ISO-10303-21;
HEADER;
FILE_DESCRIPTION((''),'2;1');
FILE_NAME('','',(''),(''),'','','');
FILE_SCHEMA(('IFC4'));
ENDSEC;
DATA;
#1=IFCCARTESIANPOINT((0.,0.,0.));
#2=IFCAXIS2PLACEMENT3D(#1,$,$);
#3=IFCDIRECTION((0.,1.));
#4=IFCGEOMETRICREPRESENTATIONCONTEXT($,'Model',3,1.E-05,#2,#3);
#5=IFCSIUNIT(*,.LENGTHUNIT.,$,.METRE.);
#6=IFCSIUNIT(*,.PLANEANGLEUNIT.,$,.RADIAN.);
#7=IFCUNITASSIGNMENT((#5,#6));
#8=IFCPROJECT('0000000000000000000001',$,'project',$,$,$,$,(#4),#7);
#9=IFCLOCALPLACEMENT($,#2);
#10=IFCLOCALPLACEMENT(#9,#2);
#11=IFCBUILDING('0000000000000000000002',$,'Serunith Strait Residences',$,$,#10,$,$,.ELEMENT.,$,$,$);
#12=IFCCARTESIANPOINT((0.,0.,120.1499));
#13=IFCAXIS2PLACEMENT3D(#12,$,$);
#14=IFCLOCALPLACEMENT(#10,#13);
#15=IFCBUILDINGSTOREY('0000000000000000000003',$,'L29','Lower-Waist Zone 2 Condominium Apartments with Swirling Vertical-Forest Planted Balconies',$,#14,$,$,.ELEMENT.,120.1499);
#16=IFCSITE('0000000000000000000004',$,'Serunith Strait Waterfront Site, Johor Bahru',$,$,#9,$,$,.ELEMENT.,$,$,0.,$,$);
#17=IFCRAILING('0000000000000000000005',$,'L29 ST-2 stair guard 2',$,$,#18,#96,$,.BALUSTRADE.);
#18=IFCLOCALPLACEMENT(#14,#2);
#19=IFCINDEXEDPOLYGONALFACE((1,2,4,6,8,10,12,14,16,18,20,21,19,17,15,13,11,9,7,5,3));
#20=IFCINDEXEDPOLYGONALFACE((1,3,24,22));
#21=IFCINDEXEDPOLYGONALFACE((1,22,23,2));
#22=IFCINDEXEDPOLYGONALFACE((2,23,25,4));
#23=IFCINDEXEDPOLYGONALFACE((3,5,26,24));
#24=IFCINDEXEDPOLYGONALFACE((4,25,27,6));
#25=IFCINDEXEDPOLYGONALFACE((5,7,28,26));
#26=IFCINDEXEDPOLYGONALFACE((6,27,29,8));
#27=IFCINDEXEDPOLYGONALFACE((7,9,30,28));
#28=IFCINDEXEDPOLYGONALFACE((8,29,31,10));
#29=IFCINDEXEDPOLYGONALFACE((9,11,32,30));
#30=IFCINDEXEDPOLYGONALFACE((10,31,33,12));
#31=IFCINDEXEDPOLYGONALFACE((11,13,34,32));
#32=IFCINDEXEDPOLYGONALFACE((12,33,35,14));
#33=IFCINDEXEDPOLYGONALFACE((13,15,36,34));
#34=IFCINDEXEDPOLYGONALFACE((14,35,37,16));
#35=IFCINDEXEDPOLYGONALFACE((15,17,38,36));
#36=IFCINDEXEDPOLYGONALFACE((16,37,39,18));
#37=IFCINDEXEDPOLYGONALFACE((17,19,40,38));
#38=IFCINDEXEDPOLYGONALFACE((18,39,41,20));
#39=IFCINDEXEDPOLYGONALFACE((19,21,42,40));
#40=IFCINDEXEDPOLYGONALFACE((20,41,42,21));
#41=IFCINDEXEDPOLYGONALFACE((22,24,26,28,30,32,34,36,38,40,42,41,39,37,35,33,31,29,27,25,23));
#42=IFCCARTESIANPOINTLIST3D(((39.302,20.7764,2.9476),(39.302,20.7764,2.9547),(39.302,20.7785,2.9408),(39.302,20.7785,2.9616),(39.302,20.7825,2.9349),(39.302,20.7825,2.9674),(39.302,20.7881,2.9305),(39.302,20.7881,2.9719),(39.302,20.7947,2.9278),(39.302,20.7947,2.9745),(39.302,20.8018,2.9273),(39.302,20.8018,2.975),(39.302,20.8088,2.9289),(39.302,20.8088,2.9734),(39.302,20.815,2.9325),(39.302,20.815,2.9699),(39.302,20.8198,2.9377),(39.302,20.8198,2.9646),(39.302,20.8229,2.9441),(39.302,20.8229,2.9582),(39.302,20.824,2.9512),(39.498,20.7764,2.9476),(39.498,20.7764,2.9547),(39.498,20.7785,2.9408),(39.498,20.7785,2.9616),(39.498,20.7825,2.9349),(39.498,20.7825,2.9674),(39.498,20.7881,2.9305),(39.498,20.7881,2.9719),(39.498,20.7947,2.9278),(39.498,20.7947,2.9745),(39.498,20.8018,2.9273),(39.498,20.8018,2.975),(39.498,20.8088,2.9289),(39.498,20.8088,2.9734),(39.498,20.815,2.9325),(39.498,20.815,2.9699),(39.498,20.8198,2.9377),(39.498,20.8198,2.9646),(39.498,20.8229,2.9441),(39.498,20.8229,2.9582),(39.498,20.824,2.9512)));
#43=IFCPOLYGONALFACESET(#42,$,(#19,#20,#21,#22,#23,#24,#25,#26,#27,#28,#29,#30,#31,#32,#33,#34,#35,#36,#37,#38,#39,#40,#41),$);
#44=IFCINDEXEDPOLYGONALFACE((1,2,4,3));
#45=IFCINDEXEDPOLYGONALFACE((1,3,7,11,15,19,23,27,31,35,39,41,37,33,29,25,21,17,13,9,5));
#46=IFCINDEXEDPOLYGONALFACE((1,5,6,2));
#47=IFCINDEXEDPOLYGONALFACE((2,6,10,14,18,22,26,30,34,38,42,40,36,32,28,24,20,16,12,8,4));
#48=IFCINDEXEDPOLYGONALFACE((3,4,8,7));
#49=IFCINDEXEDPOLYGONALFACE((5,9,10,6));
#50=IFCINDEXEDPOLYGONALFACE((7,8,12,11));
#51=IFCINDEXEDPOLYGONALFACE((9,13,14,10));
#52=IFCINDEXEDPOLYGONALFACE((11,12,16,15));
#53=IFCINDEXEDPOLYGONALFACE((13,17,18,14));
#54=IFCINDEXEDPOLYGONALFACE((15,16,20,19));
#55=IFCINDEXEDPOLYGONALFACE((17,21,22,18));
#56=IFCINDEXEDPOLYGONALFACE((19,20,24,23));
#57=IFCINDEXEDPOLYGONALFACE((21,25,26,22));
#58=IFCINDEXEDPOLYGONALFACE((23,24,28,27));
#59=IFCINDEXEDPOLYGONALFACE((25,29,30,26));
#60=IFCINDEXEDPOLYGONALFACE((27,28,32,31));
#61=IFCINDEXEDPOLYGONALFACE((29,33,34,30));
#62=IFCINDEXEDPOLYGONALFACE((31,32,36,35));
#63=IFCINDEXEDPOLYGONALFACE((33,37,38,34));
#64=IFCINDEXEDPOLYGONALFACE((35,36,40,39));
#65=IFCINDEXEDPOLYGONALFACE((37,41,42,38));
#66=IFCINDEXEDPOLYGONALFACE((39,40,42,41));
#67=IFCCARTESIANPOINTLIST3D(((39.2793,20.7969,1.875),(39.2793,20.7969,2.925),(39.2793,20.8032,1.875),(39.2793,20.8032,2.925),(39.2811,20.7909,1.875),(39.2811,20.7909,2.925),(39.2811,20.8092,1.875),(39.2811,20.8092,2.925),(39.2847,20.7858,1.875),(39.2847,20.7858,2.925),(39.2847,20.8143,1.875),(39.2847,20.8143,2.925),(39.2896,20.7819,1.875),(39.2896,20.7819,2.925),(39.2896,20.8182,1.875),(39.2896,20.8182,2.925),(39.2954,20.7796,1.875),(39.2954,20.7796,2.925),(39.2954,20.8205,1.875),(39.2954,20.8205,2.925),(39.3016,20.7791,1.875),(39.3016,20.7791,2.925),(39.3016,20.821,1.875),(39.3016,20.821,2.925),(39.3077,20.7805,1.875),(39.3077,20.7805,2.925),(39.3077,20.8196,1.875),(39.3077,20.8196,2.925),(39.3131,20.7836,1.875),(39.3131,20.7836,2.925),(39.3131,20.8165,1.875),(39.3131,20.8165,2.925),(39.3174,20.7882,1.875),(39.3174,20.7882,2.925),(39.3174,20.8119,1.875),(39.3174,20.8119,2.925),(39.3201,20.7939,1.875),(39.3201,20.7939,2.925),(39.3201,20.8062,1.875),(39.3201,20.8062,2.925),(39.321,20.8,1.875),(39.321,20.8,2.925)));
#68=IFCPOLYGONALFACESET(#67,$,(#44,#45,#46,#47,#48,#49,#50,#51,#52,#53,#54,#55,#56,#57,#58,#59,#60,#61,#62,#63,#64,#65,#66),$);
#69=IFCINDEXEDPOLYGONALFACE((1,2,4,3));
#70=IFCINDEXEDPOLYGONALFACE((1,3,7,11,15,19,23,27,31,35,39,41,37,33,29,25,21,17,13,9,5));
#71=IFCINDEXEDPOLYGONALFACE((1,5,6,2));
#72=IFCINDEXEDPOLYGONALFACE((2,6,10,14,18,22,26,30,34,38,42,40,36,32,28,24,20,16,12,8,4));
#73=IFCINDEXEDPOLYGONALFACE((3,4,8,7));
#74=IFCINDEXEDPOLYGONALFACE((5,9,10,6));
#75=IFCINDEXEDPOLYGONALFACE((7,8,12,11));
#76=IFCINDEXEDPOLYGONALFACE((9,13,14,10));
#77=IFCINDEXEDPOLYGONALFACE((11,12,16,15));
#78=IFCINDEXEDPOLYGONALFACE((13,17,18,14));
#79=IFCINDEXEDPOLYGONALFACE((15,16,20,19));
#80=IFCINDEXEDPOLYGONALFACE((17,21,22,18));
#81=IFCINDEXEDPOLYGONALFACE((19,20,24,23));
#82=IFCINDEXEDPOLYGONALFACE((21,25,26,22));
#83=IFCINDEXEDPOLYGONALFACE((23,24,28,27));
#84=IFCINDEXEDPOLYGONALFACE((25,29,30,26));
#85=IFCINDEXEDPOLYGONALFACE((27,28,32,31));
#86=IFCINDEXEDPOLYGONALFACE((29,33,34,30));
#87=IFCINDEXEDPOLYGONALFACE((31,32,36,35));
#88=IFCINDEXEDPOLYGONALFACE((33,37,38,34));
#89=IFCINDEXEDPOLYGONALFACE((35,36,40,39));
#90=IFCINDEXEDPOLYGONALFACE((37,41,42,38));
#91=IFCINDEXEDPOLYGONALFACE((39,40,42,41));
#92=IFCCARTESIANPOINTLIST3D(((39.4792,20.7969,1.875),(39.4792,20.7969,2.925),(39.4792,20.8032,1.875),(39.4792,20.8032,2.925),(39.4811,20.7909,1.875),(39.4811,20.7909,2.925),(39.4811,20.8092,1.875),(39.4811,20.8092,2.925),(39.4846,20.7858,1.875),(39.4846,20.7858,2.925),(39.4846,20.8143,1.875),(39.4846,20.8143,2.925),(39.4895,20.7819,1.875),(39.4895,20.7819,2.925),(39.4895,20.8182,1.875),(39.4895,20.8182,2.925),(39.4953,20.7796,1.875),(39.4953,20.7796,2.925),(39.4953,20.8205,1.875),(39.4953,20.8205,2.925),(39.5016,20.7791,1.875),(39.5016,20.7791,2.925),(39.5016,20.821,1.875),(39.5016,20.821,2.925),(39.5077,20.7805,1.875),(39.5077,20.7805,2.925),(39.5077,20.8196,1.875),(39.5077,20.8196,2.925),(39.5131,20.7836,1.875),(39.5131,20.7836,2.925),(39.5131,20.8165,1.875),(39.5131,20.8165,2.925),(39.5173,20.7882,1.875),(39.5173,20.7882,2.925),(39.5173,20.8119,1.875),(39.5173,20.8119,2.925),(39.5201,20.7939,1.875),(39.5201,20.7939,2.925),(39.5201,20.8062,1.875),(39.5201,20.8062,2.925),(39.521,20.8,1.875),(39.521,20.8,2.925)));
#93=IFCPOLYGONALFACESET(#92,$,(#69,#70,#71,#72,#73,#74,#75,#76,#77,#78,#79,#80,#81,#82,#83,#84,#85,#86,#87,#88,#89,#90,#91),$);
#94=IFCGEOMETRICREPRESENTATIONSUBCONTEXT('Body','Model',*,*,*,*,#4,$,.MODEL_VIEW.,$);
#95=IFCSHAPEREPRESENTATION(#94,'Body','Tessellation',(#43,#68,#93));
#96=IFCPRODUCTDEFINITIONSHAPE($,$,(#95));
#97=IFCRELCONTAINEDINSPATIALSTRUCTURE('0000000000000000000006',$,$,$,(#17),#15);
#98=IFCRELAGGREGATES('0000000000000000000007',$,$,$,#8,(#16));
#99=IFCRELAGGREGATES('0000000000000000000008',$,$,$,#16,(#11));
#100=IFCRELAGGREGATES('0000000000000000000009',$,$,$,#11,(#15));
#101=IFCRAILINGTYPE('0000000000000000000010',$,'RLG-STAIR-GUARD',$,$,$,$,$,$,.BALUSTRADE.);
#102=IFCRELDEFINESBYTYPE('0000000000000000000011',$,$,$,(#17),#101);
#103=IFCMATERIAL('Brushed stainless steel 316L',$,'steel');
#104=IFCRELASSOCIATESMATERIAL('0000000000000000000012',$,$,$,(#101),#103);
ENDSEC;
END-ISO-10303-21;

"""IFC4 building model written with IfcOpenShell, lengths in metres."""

from ifc_helpers import new_model, si_unit, direction, frame, origin, origin_2d, place, context, subcontext, project, spatial, circle, extrude, material, type_object, element, save


model = new_model("IFC4")

# Units and contexts
model_context = context("Model", 3, precision=1e-05, world=origin(), true_north=direction((0.0, 1.0)))
body_context = subcontext(model_context, "Body", "Model", "MODEL_VIEW")
ifc_project = project(units=[si_unit("LENGTHUNIT", "METRE"), si_unit("PLANEANGLEUNIT", "RADIAN")], contexts=[model_context])

# Site, building, storey
site_placement = place(None, origin())
site = spatial("IfcSite", under=ifc_project, at=site_placement, Name="Serunith Strait Waterfront Site, Johor Bahru", CompositionType="ELEMENT", RefElevation=0.0)
building_placement = place(site_placement, origin())
building = spatial("IfcBuilding", under=site, at=building_placement, Name="Serunith Strait Residences", CompositionType="ELEMENT")
storey_placement = place(building_placement, frame((0.0, 0.0, 120.1499)))
storey = spatial("IfcBuildingStorey", under=building, at=storey_placement, Name="L29", Description="Lower-Waist Zone 2 Condominium Apartments with Swirling Vertical-Forest Planted Balconies", CompositionType="ELEMENT", Elevation=120.1499)

# Railing
ifc_material_1 = material(Name="Brushed stainless steel 316L", Category="steel")
railing_type_1 = type_object("IfcRailingType", Name="RLG-STAIR-GUARD", PredefinedType="BALUSTRADE", material=ifc_material_1)
railing_1_placement = place(storey_placement, frame((39.3, 20.8, 1.875)))
element("IfcRailing", 1, at=railing_1_placement, inside=storey, type_object=railing_type_1, Name="L29 ST-2 stair guard 2", PredefinedType="BALUSTRADE", context=body_context, shape_type="SweptSolid", body=[
    extrude(circle(Radius=0.0239, at=origin_2d()), frame((0.002, 0.0, 1.0762), z_axis=(1.0, 0.0, 0.0), x_axis=(0.0, 1.0, 0.0)), (0.0, 0.0, 1.0), 0.196),
    extrude(circle(Radius=0.021, at=origin_2d()), origin(), (0.0, 0.0, 1.0), 1.05),
    extrude(circle(Radius=0.021, at=origin_2d()), frame((0.2, 0.0, 0.0)), (0.0, 0.0, 1.0), 1.05),
])

save(model, "model.ifc")
